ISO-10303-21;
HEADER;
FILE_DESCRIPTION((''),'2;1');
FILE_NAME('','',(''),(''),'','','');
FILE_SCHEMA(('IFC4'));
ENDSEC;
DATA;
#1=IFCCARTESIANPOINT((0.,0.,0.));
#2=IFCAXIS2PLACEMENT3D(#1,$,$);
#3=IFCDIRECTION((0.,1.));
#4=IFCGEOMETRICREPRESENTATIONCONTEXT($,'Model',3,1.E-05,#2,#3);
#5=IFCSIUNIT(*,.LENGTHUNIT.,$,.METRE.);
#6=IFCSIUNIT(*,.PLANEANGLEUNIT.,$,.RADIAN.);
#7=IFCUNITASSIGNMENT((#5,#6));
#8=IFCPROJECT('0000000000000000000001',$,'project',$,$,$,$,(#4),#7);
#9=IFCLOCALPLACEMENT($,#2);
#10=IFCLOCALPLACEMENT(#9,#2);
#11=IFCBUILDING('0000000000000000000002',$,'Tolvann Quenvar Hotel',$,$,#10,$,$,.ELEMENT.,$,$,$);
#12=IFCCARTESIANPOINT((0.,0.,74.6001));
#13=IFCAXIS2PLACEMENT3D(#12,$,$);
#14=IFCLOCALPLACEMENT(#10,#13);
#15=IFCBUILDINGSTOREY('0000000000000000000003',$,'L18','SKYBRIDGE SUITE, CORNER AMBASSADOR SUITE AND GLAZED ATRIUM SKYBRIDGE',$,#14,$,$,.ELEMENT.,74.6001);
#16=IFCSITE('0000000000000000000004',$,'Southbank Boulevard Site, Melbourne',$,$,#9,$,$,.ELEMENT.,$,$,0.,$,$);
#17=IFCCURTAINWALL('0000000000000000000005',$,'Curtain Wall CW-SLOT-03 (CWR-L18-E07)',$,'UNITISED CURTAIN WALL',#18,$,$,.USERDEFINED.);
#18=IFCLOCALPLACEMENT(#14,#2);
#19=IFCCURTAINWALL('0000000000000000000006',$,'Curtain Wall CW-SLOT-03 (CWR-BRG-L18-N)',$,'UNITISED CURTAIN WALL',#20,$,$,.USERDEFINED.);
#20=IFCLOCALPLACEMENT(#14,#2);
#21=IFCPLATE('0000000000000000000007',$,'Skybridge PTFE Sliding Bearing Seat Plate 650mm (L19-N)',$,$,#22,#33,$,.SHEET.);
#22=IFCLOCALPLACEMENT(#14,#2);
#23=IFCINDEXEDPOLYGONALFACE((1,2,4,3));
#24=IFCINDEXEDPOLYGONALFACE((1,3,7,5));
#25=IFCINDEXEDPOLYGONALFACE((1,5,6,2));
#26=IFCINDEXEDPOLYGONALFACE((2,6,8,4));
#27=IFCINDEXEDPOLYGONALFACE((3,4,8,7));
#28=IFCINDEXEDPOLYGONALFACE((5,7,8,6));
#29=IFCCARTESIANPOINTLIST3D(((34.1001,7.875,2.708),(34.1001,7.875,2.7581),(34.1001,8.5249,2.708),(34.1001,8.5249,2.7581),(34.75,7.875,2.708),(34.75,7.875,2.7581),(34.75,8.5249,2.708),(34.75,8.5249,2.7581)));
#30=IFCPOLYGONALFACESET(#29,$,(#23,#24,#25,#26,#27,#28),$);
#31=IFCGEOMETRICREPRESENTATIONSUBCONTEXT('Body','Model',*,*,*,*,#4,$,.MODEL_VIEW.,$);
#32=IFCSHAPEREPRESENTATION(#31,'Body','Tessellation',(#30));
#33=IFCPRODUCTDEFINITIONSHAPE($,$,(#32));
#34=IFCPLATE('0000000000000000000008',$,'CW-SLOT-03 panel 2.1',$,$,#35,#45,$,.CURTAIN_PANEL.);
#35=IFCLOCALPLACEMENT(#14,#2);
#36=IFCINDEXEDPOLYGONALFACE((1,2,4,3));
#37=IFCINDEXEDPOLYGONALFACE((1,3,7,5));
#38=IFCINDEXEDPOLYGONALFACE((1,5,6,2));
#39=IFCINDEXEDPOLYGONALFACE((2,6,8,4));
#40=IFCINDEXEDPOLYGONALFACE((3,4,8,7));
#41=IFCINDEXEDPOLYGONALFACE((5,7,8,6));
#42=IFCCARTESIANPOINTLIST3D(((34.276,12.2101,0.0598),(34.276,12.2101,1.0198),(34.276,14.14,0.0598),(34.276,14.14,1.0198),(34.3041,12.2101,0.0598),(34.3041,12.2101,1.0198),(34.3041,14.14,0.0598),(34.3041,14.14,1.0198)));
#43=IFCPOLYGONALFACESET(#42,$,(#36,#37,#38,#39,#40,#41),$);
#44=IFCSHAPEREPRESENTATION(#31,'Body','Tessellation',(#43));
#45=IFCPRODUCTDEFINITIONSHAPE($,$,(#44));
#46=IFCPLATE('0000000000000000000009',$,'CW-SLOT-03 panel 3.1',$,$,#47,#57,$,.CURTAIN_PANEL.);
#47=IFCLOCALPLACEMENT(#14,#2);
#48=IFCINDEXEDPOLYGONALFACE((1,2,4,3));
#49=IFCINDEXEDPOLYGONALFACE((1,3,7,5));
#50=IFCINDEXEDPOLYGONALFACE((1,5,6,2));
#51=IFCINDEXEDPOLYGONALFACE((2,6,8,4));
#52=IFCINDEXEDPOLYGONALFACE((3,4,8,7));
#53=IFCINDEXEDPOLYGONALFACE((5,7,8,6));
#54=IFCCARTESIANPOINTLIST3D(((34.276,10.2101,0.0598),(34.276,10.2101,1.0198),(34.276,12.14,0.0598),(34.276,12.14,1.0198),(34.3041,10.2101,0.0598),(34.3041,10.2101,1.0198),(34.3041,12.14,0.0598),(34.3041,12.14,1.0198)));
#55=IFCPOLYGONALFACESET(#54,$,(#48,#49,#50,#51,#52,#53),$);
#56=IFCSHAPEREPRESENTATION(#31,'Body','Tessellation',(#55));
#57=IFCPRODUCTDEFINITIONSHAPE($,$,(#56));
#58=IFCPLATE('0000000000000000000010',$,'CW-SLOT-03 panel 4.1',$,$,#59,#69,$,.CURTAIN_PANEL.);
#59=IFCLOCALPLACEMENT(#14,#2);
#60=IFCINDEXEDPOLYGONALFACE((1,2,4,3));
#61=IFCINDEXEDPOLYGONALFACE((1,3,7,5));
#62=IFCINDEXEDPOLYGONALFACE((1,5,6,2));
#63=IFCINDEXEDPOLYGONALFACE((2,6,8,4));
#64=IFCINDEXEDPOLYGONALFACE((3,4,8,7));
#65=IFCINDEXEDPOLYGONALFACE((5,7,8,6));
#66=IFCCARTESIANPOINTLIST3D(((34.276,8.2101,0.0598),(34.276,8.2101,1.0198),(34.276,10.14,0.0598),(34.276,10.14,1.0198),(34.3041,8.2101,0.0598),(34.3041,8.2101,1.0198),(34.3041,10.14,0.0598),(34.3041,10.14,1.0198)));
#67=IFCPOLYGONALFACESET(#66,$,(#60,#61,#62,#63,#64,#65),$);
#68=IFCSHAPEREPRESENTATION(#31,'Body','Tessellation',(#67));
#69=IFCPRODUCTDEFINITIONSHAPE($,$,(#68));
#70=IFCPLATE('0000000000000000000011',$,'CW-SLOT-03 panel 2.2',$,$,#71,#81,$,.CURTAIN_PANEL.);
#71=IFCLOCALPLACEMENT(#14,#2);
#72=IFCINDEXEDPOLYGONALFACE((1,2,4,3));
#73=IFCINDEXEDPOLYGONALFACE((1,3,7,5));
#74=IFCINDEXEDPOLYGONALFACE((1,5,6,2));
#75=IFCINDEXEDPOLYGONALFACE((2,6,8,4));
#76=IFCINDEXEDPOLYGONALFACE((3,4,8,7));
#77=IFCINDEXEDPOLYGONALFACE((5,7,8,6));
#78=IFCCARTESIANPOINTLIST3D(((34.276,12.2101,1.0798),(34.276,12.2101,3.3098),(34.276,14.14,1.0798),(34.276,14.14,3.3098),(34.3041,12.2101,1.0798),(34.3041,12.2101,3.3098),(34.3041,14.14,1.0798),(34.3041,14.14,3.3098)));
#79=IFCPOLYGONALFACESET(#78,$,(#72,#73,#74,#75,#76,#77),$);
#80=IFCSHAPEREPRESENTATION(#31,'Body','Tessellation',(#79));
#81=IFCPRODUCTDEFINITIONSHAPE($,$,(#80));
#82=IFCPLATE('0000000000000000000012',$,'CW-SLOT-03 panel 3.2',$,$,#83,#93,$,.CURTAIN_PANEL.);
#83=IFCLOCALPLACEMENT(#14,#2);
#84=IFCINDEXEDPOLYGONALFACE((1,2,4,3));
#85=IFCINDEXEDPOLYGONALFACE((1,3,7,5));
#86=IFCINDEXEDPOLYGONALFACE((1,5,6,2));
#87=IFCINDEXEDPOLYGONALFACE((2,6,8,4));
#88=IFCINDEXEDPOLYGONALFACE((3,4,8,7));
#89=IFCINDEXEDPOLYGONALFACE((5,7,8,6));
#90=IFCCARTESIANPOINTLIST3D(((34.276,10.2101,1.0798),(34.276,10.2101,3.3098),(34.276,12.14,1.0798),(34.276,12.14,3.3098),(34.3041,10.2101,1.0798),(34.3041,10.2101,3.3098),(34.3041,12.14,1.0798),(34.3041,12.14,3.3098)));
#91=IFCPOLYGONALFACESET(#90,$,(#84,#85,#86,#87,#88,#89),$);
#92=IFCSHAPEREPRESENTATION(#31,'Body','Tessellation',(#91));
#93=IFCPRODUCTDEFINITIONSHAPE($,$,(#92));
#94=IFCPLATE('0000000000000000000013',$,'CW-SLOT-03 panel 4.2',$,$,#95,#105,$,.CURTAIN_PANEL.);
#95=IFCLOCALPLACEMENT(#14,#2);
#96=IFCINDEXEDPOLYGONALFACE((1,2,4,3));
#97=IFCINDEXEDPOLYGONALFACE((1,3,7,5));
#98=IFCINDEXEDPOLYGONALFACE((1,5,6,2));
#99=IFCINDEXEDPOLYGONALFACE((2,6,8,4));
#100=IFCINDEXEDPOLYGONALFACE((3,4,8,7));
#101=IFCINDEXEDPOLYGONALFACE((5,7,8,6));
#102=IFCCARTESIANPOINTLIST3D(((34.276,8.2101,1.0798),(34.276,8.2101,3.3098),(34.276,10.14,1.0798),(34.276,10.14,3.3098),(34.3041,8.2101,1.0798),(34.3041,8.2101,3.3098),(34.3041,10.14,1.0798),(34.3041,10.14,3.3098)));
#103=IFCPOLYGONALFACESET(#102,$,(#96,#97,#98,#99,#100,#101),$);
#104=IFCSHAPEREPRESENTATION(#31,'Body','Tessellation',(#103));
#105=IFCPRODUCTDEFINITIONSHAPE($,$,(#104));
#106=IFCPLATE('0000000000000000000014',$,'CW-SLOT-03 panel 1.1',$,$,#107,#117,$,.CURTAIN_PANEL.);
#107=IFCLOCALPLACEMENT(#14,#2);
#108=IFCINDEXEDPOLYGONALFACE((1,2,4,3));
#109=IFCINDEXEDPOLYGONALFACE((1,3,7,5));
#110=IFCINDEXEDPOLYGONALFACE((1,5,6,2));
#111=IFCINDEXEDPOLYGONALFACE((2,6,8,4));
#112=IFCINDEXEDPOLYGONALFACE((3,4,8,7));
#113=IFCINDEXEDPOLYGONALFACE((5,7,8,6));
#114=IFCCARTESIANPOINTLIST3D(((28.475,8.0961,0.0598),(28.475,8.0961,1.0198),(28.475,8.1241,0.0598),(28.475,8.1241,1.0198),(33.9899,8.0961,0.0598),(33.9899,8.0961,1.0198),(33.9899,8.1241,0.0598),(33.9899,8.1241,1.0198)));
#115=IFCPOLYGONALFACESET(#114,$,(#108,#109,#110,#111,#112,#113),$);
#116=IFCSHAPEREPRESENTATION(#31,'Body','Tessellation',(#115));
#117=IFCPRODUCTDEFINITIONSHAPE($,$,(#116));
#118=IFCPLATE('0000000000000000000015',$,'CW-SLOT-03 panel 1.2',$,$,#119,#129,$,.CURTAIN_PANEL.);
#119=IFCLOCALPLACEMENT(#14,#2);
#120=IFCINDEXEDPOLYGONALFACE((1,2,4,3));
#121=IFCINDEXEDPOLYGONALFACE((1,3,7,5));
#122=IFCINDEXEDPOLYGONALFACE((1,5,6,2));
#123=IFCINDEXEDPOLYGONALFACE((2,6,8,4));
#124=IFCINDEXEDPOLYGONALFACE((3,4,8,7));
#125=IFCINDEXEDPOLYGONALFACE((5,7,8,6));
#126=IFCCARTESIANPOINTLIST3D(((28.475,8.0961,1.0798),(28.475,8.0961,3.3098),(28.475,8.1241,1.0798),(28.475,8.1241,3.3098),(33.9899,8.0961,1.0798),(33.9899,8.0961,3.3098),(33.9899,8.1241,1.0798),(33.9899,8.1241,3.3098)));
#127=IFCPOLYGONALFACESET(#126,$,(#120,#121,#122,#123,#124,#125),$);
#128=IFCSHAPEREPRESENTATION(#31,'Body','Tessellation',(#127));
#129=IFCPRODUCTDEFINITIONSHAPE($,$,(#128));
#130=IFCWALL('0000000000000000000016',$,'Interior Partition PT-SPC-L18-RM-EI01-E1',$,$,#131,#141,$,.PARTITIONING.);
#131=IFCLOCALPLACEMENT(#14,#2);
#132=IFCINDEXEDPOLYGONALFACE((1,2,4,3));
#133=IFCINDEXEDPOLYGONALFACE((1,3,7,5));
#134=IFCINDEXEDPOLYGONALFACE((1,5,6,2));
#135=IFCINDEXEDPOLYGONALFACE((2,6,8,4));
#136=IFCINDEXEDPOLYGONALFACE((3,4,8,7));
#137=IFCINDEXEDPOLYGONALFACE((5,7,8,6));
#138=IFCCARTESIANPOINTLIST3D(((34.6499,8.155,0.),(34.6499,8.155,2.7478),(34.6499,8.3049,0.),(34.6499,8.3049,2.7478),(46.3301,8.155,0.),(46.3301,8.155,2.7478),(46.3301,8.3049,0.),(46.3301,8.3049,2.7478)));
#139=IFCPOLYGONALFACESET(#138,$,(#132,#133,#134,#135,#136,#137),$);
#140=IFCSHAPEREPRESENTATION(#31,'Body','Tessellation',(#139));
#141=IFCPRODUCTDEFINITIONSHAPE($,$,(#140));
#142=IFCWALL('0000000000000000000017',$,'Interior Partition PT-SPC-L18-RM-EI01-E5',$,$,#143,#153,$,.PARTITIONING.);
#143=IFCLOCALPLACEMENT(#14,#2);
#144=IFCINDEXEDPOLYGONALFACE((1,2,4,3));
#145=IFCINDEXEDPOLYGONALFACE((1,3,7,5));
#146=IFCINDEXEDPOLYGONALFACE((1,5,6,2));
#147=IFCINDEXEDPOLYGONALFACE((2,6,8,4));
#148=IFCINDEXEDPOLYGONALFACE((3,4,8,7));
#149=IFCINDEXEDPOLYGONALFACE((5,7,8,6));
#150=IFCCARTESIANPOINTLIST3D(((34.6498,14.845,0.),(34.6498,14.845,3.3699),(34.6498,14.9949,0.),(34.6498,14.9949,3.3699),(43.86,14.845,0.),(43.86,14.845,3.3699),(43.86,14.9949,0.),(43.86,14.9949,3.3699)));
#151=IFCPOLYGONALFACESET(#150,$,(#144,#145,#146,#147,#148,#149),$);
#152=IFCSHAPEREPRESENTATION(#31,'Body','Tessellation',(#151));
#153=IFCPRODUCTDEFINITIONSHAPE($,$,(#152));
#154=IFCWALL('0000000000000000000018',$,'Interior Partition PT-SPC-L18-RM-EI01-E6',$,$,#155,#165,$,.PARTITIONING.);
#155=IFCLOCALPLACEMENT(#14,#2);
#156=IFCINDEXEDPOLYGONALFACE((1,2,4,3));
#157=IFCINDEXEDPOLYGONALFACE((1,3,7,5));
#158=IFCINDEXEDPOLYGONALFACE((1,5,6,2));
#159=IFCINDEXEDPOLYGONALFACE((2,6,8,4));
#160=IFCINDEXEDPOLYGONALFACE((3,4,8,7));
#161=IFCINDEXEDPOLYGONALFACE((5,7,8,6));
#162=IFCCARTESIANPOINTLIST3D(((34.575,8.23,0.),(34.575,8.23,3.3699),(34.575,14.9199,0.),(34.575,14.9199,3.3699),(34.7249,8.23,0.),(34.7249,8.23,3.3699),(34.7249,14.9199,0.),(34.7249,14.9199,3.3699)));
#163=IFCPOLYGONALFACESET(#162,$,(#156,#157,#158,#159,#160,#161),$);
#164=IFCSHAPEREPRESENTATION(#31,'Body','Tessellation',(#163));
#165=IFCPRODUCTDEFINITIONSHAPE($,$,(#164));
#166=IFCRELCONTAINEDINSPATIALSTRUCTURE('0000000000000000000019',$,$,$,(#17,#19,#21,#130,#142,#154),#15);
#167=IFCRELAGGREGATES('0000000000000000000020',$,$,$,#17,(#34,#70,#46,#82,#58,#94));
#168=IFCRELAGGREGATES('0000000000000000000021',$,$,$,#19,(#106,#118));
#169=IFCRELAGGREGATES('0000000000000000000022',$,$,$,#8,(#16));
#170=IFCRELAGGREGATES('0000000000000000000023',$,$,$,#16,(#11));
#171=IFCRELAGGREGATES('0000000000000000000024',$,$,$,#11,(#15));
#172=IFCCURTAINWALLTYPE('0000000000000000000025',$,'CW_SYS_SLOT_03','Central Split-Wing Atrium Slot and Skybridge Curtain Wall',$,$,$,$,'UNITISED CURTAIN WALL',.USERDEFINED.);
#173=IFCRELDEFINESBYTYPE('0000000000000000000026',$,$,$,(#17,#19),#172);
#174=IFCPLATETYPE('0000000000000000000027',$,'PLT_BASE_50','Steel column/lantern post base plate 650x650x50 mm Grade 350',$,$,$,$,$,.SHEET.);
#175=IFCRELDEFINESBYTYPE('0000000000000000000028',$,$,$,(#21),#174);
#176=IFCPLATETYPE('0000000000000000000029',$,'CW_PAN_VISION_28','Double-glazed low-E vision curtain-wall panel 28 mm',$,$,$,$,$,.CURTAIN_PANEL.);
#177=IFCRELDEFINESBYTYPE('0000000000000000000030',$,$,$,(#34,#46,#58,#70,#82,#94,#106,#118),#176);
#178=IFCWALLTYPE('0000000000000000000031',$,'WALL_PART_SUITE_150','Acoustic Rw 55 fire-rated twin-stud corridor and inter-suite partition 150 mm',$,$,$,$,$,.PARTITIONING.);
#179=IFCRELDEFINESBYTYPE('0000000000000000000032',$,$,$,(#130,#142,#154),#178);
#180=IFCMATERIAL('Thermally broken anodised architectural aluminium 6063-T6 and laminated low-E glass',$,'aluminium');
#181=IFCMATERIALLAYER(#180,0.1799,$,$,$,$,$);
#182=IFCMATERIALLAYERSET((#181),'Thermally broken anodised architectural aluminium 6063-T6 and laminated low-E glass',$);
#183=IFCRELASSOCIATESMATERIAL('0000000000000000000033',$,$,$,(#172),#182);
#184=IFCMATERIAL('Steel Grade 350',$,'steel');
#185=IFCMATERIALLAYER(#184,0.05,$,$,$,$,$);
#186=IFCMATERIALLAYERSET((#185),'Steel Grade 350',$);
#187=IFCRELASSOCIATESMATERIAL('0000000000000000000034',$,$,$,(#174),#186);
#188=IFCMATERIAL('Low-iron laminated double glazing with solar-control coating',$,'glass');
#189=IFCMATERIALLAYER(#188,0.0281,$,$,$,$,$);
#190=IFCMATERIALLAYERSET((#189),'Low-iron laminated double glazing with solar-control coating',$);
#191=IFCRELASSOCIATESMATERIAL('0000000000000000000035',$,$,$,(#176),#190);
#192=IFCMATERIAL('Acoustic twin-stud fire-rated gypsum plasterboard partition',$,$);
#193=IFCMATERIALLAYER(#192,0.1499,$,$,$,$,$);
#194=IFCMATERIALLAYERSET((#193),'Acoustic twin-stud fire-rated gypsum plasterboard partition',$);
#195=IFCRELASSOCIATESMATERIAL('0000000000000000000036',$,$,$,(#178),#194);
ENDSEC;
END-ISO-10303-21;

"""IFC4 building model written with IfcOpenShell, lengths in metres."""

from ifc_helpers import new_model, si_unit, direction, frame, frame_2d, origin, origin_2d, place, context, subcontext, project, spatial, rectangle, extrude, source, transform, mapped, material, layer, layer_set, type_object, type_shapes, element, aggregate, save


model = new_model("IFC4")

# Units and contexts
model_context = context("Model", 3, precision=1e-05, world=origin(), true_north=direction((0.0, 1.0)))
body_context = subcontext(model_context, "Body", "Model", "MODEL_VIEW")
ifc_project = project(units=[si_unit("LENGTHUNIT", "METRE"), si_unit("PLANEANGLEUNIT", "RADIAN")], contexts=[model_context])

# Site, building, storey
site_placement = place(None, origin())
site = spatial("IfcSite", under=ifc_project, at=site_placement, Name="Southbank Boulevard Site, Melbourne", CompositionType="ELEMENT", RefElevation=0.0)
building_placement = place(site_placement, origin())
building = spatial("IfcBuilding", under=site, at=building_placement, Name="Tolvann Quenvar Hotel", CompositionType="ELEMENT")
storey_placement = place(building_placement, frame((0.0, 0.0, 74.6001)))
storey = spatial("IfcBuildingStorey", under=building, at=storey_placement, Name="L18", Description="SKYBRIDGE SUITE, CORNER AMBASSADOR SUITE AND GLAZED ATRIUM SKYBRIDGE", CompositionType="ELEMENT", Elevation=74.6001)

# Curtain walls
ifc_material_1 = material(Name="Thermally broken anodised architectural aluminium 6063-T6 and laminated low-E glass", Category="aluminium")
ifc_layer_1 = layer(ifc_material_1, 0.1799)
ifc_layer_set_1 = layer_set([ifc_layer_1], Name="Thermally broken anodised architectural aluminium 6063-T6 and laminated low-E glass")
curtain_wall_type = type_object("IfcCurtainWallType", Name="CW_SYS_SLOT_03", Description="Central Split-Wing Atrium Slot and Skybridge Curtain Wall", ElementType="UNITISED CURTAIN WALL", PredefinedType="USERDEFINED", material=ifc_layer_set_1)
curtain_wall_1_placement = place(storey_placement, origin())
curtain_wall_1 = element("IfcCurtainWall", 1, at=curtain_wall_1_placement, inside=storey, type_object=curtain_wall_type, Name="Curtain Wall CW-SLOT-03 (CWR-L18-E07)", ObjectType="UNITISED CURTAIN WALL", PredefinedType="USERDEFINED")
curtain_wall_2_placement = place(storey_placement, origin())
curtain_wall_2 = element("IfcCurtainWall", 2, at=curtain_wall_2_placement, inside=storey, type_object=curtain_wall_type, Name="Curtain Wall CW-SLOT-03 (CWR-BRG-L18-N)", ObjectType="UNITISED CURTAIN WALL", PredefinedType="USERDEFINED")

# Plates
ifc_material_2 = material(Name="Steel Grade 350", Category="steel")
ifc_layer_2 = layer(ifc_material_2, 0.05)
ifc_layer_set_2 = layer_set([ifc_layer_2], Name="Steel Grade 350")
plate_type_1 = type_object("IfcPlateType", Name="PLT_BASE_50", Description="Steel column/lantern post base plate 650x650x50 mm Grade 350", PredefinedType="SHEET", material=ifc_layer_set_2)
shared_shape_1 = source(origin(), body_context, "Body", "SweptSolid", [
    extrude(rectangle(XDim=0.6499, YDim=0.6499, at=origin_2d()), origin(), (0.0, 0.0, 1.0), 0.05),
])
type_shapes(plate_type_1, [shared_shape_1])
plate_1_placement = place(storey_placement, frame((34.425, 8.2, 2.708), z_axis=(0.0, 0.0, 1.0), x_axis=(1.0, 0.0, 0.0)))
element("IfcPlate", 3, at=plate_1_placement, inside=storey, type_object=plate_type_1, Name="Skybridge PTFE Sliding Bearing Seat Plate 650mm (L19-N)", PredefinedType="SHEET", context=body_context, shape_type="MappedRepresentation", body=[
    mapped(shared_shape_1, transform((0.0, 0.0, 0.0), x_axis=(1.0, 0.0, 0.0), y_axis=(0.0, 1.0, 0.0), z_axis=(0.0, 0.0, 1.0), scale=1.0)),
])
ifc_material_3 = material(Name="Low-iron laminated double glazing with solar-control coating", Category="glass")
ifc_layer_3 = layer(ifc_material_3, 0.0281)
ifc_layer_set_3 = layer_set([ifc_layer_3], Name="Low-iron laminated double glazing with solar-control coating")
plate_type_2 = type_object("IfcPlateType", Name="CW_PAN_VISION_28", Description="Double-glazed low-E vision curtain-wall panel 28 mm", PredefinedType="CURTAIN_PANEL", material=ifc_layer_set_3)
shared_shape_2 = source(origin(), body_context, "Body", "SweptSolid", [
    extrude(rectangle(XDim=1.9299, YDim=0.0281, at=origin_2d()), origin(), (0.0, 0.0, 1.0), 0.96),
])
plate_2_placement = place(storey_placement, frame((34.29, 13.175, 0.0598), z_axis=(0.0, 0.0, 1.0), x_axis=(0.0, -1.0, 0.0)))
plate_2 = element("IfcPlate", 4, at=plate_2_placement, type_object=plate_type_2, Name="CW-SLOT-03 panel 2.1", PredefinedType="CURTAIN_PANEL", context=body_context, shape_type="MappedRepresentation", body=[
    mapped(shared_shape_2, transform((0.0, 0.0, 0.0), x_axis=(1.0, 0.0, 0.0), y_axis=(0.0, 1.0, 0.0), z_axis=(0.0, 0.0, 1.0), scale=1.0)),
])
plate_3_placement = place(storey_placement, frame((34.29, 11.175, 0.0598), z_axis=(0.0, 0.0, 1.0), x_axis=(0.0, -1.0, 0.0)))
plate_3 = element("IfcPlate", 5, at=plate_3_placement, type_object=plate_type_2, Name="CW-SLOT-03 panel 3.1", PredefinedType="CURTAIN_PANEL", context=body_context, shape_type="MappedRepresentation", body=[
    mapped(shared_shape_2, transform((0.0, 0.0, 0.0), x_axis=(1.0, 0.0, 0.0), y_axis=(0.0, 1.0, 0.0), z_axis=(0.0, 0.0, 1.0), scale=1.0)),
])
plate_4_placement = place(storey_placement, frame((34.29, 9.175, 0.0598), z_axis=(0.0, 0.0, 1.0), x_axis=(0.0, -1.0, 0.0)))
plate_4 = element("IfcPlate", 6, at=plate_4_placement, type_object=plate_type_2, Name="CW-SLOT-03 panel 4.1", PredefinedType="CURTAIN_PANEL", context=body_context, shape_type="MappedRepresentation", body=[
    mapped(shared_shape_2, transform((0.0, 0.0, 0.0), x_axis=(1.0, 0.0, 0.0), y_axis=(0.0, 1.0, 0.0), z_axis=(0.0, 0.0, 1.0), scale=1.0)),
])
shared_shape_3 = source(origin(), body_context, "Body", "SweptSolid", [
    extrude(rectangle(XDim=1.9299, YDim=0.0281, at=origin_2d()), origin(), (0.0, 0.0, 1.0), 2.23),
])
plate_5_placement = place(storey_placement, frame((34.29, 13.175, 1.0798), z_axis=(0.0, 0.0, 1.0), x_axis=(0.0, -1.0, 0.0)))
plate_5 = element("IfcPlate", 7, at=plate_5_placement, type_object=plate_type_2, Name="CW-SLOT-03 panel 2.2", PredefinedType="CURTAIN_PANEL", context=body_context, shape_type="MappedRepresentation", body=[
    mapped(shared_shape_3, transform((0.0, 0.0, 0.0), x_axis=(1.0, 0.0, 0.0), y_axis=(0.0, 1.0, 0.0), z_axis=(0.0, 0.0, 1.0), scale=1.0)),
])
plate_6_placement = place(storey_placement, frame((34.29, 11.175, 1.0798), z_axis=(0.0, 0.0, 1.0), x_axis=(0.0, -1.0, 0.0)))
plate_6 = element("IfcPlate", 8, at=plate_6_placement, type_object=plate_type_2, Name="CW-SLOT-03 panel 3.2", PredefinedType="CURTAIN_PANEL", context=body_context, shape_type="MappedRepresentation", body=[
    mapped(shared_shape_3, transform((0.0, 0.0, 0.0), x_axis=(1.0, 0.0, 0.0), y_axis=(0.0, 1.0, 0.0), z_axis=(0.0, 0.0, 1.0), scale=1.0)),
])
plate_7_placement = place(storey_placement, frame((34.29, 9.175, 1.0798), z_axis=(0.0, 0.0, 1.0), x_axis=(0.0, -1.0, 0.0)))
plate_7 = element("IfcPlate", 9, at=plate_7_placement, type_object=plate_type_2, Name="CW-SLOT-03 panel 4.2", PredefinedType="CURTAIN_PANEL", context=body_context, shape_type="MappedRepresentation", body=[
    mapped(shared_shape_3, transform((0.0, 0.0, 0.0), x_axis=(1.0, 0.0, 0.0), y_axis=(0.0, 1.0, 0.0), z_axis=(0.0, 0.0, 1.0), scale=1.0)),
])
aggregate(curtain_wall_1, [plate_2, plate_5, plate_3, plate_6, plate_4, plate_7])
shared_shape_4 = source(origin(), body_context, "Body", "SweptSolid", [
    extrude(rectangle(XDim=5.5149, YDim=0.0281, at=origin_2d()), origin(), (0.0, 0.0, 1.0), 0.96),
])
plate_8_placement = place(storey_placement, frame((31.2324, 8.1101, 0.0598), z_axis=(0.0, 0.0, 1.0), x_axis=(-1.0, 0.0, 0.0)))
plate_8 = element("IfcPlate", 10, at=plate_8_placement, type_object=plate_type_2, Name="CW-SLOT-03 panel 1.1", PredefinedType="CURTAIN_PANEL", context=body_context, shape_type="MappedRepresentation", body=[
    mapped(shared_shape_4, transform((0.0, 0.0, 0.0), x_axis=(1.0, 0.0, 0.0), y_axis=(0.0, 1.0, 0.0), z_axis=(0.0, 0.0, 1.0), scale=1.0)),
])
shared_shape_5 = source(origin(), body_context, "Body", "SweptSolid", [
    extrude(rectangle(XDim=5.5149, YDim=0.0281, at=origin_2d()), origin(), (0.0, 0.0, 1.0), 2.23),
])
type_shapes(plate_type_2, [shared_shape_2, shared_shape_3, shared_shape_4, shared_shape_5])
plate_9_placement = place(storey_placement, frame((31.2324, 8.1101, 1.0798), z_axis=(0.0, 0.0, 1.0), x_axis=(-1.0, 0.0, 0.0)))
plate_9 = element("IfcPlate", 11, at=plate_9_placement, type_object=plate_type_2, Name="CW-SLOT-03 panel 1.2", PredefinedType="CURTAIN_PANEL", context=body_context, shape_type="MappedRepresentation", body=[
    mapped(shared_shape_5, transform((0.0, 0.0, 0.0), x_axis=(1.0, 0.0, 0.0), y_axis=(0.0, 1.0, 0.0), z_axis=(0.0, 0.0, 1.0), scale=1.0)),
])
aggregate(curtain_wall_2, [plate_8, plate_9])

# Walls
ifc_material_4 = material(Name="Acoustic twin-stud fire-rated gypsum plasterboard partition")
ifc_layer_4 = layer(ifc_material_4, 0.1499)
ifc_layer_set_4 = layer_set([ifc_layer_4], Name="Acoustic twin-stud fire-rated gypsum plasterboard partition")
wall_type = type_object("IfcWallType", Name="WALL_PART_SUITE_150", Description="Acoustic Rw 55 fire-rated twin-stud corridor and inter-suite partition 150 mm", PredefinedType="PARTITIONING", material=ifc_layer_set_4)
wall_1_placement = place(storey_placement, frame((34.6499, 8.23, 0.0), z_axis=(0.0, 0.0, 1.0), x_axis=(1.0, 0.0, 0.0)))
element("IfcWall", 12, at=wall_1_placement, inside=storey, type_object=wall_type, Name="Interior Partition PT-SPC-L18-RM-EI01-E1", PredefinedType="PARTITIONING", context=body_context, shape_type="SweptSolid", body=[
    extrude(rectangle(XDim=11.6802, YDim=0.1499, at=frame_2d((5.8401, 0.0))), origin(), (0.0, 0.0, 1.0), 2.7478),
])
wall_2_placement = place(storey_placement, frame((34.6499, 14.9199, 0.0), z_axis=(0.0, 0.0, 1.0), x_axis=(1.0, 0.0, 0.0)))
element("IfcWall", 13, at=wall_2_placement, inside=storey, type_object=wall_type, Name="Interior Partition PT-SPC-L18-RM-EI01-E5", PredefinedType="PARTITIONING", context=body_context, shape_type="SweptSolid", body=[
    extrude(rectangle(XDim=9.2102, YDim=0.1499, at=frame_2d((4.605, 0.0))), origin(), (0.0, 0.0, 1.0), 3.3699),
])
wall_3_placement = place(storey_placement, frame((34.6499, 8.23, 0.0), z_axis=(0.0, 0.0, 1.0), x_axis=(0.0, 1.0, 0.0)))
element("IfcWall", 14, at=wall_3_placement, inside=storey, type_object=wall_type, Name="Interior Partition PT-SPC-L18-RM-EI01-E6", PredefinedType="PARTITIONING", context=body_context, shape_type="SweptSolid", body=[
    extrude(rectangle(XDim=6.6899, YDim=0.1499, at=frame_2d((3.345, 0.0))), origin(), (0.0, 0.0, 1.0), 3.3699),
])

save(model, "model.ifc")
